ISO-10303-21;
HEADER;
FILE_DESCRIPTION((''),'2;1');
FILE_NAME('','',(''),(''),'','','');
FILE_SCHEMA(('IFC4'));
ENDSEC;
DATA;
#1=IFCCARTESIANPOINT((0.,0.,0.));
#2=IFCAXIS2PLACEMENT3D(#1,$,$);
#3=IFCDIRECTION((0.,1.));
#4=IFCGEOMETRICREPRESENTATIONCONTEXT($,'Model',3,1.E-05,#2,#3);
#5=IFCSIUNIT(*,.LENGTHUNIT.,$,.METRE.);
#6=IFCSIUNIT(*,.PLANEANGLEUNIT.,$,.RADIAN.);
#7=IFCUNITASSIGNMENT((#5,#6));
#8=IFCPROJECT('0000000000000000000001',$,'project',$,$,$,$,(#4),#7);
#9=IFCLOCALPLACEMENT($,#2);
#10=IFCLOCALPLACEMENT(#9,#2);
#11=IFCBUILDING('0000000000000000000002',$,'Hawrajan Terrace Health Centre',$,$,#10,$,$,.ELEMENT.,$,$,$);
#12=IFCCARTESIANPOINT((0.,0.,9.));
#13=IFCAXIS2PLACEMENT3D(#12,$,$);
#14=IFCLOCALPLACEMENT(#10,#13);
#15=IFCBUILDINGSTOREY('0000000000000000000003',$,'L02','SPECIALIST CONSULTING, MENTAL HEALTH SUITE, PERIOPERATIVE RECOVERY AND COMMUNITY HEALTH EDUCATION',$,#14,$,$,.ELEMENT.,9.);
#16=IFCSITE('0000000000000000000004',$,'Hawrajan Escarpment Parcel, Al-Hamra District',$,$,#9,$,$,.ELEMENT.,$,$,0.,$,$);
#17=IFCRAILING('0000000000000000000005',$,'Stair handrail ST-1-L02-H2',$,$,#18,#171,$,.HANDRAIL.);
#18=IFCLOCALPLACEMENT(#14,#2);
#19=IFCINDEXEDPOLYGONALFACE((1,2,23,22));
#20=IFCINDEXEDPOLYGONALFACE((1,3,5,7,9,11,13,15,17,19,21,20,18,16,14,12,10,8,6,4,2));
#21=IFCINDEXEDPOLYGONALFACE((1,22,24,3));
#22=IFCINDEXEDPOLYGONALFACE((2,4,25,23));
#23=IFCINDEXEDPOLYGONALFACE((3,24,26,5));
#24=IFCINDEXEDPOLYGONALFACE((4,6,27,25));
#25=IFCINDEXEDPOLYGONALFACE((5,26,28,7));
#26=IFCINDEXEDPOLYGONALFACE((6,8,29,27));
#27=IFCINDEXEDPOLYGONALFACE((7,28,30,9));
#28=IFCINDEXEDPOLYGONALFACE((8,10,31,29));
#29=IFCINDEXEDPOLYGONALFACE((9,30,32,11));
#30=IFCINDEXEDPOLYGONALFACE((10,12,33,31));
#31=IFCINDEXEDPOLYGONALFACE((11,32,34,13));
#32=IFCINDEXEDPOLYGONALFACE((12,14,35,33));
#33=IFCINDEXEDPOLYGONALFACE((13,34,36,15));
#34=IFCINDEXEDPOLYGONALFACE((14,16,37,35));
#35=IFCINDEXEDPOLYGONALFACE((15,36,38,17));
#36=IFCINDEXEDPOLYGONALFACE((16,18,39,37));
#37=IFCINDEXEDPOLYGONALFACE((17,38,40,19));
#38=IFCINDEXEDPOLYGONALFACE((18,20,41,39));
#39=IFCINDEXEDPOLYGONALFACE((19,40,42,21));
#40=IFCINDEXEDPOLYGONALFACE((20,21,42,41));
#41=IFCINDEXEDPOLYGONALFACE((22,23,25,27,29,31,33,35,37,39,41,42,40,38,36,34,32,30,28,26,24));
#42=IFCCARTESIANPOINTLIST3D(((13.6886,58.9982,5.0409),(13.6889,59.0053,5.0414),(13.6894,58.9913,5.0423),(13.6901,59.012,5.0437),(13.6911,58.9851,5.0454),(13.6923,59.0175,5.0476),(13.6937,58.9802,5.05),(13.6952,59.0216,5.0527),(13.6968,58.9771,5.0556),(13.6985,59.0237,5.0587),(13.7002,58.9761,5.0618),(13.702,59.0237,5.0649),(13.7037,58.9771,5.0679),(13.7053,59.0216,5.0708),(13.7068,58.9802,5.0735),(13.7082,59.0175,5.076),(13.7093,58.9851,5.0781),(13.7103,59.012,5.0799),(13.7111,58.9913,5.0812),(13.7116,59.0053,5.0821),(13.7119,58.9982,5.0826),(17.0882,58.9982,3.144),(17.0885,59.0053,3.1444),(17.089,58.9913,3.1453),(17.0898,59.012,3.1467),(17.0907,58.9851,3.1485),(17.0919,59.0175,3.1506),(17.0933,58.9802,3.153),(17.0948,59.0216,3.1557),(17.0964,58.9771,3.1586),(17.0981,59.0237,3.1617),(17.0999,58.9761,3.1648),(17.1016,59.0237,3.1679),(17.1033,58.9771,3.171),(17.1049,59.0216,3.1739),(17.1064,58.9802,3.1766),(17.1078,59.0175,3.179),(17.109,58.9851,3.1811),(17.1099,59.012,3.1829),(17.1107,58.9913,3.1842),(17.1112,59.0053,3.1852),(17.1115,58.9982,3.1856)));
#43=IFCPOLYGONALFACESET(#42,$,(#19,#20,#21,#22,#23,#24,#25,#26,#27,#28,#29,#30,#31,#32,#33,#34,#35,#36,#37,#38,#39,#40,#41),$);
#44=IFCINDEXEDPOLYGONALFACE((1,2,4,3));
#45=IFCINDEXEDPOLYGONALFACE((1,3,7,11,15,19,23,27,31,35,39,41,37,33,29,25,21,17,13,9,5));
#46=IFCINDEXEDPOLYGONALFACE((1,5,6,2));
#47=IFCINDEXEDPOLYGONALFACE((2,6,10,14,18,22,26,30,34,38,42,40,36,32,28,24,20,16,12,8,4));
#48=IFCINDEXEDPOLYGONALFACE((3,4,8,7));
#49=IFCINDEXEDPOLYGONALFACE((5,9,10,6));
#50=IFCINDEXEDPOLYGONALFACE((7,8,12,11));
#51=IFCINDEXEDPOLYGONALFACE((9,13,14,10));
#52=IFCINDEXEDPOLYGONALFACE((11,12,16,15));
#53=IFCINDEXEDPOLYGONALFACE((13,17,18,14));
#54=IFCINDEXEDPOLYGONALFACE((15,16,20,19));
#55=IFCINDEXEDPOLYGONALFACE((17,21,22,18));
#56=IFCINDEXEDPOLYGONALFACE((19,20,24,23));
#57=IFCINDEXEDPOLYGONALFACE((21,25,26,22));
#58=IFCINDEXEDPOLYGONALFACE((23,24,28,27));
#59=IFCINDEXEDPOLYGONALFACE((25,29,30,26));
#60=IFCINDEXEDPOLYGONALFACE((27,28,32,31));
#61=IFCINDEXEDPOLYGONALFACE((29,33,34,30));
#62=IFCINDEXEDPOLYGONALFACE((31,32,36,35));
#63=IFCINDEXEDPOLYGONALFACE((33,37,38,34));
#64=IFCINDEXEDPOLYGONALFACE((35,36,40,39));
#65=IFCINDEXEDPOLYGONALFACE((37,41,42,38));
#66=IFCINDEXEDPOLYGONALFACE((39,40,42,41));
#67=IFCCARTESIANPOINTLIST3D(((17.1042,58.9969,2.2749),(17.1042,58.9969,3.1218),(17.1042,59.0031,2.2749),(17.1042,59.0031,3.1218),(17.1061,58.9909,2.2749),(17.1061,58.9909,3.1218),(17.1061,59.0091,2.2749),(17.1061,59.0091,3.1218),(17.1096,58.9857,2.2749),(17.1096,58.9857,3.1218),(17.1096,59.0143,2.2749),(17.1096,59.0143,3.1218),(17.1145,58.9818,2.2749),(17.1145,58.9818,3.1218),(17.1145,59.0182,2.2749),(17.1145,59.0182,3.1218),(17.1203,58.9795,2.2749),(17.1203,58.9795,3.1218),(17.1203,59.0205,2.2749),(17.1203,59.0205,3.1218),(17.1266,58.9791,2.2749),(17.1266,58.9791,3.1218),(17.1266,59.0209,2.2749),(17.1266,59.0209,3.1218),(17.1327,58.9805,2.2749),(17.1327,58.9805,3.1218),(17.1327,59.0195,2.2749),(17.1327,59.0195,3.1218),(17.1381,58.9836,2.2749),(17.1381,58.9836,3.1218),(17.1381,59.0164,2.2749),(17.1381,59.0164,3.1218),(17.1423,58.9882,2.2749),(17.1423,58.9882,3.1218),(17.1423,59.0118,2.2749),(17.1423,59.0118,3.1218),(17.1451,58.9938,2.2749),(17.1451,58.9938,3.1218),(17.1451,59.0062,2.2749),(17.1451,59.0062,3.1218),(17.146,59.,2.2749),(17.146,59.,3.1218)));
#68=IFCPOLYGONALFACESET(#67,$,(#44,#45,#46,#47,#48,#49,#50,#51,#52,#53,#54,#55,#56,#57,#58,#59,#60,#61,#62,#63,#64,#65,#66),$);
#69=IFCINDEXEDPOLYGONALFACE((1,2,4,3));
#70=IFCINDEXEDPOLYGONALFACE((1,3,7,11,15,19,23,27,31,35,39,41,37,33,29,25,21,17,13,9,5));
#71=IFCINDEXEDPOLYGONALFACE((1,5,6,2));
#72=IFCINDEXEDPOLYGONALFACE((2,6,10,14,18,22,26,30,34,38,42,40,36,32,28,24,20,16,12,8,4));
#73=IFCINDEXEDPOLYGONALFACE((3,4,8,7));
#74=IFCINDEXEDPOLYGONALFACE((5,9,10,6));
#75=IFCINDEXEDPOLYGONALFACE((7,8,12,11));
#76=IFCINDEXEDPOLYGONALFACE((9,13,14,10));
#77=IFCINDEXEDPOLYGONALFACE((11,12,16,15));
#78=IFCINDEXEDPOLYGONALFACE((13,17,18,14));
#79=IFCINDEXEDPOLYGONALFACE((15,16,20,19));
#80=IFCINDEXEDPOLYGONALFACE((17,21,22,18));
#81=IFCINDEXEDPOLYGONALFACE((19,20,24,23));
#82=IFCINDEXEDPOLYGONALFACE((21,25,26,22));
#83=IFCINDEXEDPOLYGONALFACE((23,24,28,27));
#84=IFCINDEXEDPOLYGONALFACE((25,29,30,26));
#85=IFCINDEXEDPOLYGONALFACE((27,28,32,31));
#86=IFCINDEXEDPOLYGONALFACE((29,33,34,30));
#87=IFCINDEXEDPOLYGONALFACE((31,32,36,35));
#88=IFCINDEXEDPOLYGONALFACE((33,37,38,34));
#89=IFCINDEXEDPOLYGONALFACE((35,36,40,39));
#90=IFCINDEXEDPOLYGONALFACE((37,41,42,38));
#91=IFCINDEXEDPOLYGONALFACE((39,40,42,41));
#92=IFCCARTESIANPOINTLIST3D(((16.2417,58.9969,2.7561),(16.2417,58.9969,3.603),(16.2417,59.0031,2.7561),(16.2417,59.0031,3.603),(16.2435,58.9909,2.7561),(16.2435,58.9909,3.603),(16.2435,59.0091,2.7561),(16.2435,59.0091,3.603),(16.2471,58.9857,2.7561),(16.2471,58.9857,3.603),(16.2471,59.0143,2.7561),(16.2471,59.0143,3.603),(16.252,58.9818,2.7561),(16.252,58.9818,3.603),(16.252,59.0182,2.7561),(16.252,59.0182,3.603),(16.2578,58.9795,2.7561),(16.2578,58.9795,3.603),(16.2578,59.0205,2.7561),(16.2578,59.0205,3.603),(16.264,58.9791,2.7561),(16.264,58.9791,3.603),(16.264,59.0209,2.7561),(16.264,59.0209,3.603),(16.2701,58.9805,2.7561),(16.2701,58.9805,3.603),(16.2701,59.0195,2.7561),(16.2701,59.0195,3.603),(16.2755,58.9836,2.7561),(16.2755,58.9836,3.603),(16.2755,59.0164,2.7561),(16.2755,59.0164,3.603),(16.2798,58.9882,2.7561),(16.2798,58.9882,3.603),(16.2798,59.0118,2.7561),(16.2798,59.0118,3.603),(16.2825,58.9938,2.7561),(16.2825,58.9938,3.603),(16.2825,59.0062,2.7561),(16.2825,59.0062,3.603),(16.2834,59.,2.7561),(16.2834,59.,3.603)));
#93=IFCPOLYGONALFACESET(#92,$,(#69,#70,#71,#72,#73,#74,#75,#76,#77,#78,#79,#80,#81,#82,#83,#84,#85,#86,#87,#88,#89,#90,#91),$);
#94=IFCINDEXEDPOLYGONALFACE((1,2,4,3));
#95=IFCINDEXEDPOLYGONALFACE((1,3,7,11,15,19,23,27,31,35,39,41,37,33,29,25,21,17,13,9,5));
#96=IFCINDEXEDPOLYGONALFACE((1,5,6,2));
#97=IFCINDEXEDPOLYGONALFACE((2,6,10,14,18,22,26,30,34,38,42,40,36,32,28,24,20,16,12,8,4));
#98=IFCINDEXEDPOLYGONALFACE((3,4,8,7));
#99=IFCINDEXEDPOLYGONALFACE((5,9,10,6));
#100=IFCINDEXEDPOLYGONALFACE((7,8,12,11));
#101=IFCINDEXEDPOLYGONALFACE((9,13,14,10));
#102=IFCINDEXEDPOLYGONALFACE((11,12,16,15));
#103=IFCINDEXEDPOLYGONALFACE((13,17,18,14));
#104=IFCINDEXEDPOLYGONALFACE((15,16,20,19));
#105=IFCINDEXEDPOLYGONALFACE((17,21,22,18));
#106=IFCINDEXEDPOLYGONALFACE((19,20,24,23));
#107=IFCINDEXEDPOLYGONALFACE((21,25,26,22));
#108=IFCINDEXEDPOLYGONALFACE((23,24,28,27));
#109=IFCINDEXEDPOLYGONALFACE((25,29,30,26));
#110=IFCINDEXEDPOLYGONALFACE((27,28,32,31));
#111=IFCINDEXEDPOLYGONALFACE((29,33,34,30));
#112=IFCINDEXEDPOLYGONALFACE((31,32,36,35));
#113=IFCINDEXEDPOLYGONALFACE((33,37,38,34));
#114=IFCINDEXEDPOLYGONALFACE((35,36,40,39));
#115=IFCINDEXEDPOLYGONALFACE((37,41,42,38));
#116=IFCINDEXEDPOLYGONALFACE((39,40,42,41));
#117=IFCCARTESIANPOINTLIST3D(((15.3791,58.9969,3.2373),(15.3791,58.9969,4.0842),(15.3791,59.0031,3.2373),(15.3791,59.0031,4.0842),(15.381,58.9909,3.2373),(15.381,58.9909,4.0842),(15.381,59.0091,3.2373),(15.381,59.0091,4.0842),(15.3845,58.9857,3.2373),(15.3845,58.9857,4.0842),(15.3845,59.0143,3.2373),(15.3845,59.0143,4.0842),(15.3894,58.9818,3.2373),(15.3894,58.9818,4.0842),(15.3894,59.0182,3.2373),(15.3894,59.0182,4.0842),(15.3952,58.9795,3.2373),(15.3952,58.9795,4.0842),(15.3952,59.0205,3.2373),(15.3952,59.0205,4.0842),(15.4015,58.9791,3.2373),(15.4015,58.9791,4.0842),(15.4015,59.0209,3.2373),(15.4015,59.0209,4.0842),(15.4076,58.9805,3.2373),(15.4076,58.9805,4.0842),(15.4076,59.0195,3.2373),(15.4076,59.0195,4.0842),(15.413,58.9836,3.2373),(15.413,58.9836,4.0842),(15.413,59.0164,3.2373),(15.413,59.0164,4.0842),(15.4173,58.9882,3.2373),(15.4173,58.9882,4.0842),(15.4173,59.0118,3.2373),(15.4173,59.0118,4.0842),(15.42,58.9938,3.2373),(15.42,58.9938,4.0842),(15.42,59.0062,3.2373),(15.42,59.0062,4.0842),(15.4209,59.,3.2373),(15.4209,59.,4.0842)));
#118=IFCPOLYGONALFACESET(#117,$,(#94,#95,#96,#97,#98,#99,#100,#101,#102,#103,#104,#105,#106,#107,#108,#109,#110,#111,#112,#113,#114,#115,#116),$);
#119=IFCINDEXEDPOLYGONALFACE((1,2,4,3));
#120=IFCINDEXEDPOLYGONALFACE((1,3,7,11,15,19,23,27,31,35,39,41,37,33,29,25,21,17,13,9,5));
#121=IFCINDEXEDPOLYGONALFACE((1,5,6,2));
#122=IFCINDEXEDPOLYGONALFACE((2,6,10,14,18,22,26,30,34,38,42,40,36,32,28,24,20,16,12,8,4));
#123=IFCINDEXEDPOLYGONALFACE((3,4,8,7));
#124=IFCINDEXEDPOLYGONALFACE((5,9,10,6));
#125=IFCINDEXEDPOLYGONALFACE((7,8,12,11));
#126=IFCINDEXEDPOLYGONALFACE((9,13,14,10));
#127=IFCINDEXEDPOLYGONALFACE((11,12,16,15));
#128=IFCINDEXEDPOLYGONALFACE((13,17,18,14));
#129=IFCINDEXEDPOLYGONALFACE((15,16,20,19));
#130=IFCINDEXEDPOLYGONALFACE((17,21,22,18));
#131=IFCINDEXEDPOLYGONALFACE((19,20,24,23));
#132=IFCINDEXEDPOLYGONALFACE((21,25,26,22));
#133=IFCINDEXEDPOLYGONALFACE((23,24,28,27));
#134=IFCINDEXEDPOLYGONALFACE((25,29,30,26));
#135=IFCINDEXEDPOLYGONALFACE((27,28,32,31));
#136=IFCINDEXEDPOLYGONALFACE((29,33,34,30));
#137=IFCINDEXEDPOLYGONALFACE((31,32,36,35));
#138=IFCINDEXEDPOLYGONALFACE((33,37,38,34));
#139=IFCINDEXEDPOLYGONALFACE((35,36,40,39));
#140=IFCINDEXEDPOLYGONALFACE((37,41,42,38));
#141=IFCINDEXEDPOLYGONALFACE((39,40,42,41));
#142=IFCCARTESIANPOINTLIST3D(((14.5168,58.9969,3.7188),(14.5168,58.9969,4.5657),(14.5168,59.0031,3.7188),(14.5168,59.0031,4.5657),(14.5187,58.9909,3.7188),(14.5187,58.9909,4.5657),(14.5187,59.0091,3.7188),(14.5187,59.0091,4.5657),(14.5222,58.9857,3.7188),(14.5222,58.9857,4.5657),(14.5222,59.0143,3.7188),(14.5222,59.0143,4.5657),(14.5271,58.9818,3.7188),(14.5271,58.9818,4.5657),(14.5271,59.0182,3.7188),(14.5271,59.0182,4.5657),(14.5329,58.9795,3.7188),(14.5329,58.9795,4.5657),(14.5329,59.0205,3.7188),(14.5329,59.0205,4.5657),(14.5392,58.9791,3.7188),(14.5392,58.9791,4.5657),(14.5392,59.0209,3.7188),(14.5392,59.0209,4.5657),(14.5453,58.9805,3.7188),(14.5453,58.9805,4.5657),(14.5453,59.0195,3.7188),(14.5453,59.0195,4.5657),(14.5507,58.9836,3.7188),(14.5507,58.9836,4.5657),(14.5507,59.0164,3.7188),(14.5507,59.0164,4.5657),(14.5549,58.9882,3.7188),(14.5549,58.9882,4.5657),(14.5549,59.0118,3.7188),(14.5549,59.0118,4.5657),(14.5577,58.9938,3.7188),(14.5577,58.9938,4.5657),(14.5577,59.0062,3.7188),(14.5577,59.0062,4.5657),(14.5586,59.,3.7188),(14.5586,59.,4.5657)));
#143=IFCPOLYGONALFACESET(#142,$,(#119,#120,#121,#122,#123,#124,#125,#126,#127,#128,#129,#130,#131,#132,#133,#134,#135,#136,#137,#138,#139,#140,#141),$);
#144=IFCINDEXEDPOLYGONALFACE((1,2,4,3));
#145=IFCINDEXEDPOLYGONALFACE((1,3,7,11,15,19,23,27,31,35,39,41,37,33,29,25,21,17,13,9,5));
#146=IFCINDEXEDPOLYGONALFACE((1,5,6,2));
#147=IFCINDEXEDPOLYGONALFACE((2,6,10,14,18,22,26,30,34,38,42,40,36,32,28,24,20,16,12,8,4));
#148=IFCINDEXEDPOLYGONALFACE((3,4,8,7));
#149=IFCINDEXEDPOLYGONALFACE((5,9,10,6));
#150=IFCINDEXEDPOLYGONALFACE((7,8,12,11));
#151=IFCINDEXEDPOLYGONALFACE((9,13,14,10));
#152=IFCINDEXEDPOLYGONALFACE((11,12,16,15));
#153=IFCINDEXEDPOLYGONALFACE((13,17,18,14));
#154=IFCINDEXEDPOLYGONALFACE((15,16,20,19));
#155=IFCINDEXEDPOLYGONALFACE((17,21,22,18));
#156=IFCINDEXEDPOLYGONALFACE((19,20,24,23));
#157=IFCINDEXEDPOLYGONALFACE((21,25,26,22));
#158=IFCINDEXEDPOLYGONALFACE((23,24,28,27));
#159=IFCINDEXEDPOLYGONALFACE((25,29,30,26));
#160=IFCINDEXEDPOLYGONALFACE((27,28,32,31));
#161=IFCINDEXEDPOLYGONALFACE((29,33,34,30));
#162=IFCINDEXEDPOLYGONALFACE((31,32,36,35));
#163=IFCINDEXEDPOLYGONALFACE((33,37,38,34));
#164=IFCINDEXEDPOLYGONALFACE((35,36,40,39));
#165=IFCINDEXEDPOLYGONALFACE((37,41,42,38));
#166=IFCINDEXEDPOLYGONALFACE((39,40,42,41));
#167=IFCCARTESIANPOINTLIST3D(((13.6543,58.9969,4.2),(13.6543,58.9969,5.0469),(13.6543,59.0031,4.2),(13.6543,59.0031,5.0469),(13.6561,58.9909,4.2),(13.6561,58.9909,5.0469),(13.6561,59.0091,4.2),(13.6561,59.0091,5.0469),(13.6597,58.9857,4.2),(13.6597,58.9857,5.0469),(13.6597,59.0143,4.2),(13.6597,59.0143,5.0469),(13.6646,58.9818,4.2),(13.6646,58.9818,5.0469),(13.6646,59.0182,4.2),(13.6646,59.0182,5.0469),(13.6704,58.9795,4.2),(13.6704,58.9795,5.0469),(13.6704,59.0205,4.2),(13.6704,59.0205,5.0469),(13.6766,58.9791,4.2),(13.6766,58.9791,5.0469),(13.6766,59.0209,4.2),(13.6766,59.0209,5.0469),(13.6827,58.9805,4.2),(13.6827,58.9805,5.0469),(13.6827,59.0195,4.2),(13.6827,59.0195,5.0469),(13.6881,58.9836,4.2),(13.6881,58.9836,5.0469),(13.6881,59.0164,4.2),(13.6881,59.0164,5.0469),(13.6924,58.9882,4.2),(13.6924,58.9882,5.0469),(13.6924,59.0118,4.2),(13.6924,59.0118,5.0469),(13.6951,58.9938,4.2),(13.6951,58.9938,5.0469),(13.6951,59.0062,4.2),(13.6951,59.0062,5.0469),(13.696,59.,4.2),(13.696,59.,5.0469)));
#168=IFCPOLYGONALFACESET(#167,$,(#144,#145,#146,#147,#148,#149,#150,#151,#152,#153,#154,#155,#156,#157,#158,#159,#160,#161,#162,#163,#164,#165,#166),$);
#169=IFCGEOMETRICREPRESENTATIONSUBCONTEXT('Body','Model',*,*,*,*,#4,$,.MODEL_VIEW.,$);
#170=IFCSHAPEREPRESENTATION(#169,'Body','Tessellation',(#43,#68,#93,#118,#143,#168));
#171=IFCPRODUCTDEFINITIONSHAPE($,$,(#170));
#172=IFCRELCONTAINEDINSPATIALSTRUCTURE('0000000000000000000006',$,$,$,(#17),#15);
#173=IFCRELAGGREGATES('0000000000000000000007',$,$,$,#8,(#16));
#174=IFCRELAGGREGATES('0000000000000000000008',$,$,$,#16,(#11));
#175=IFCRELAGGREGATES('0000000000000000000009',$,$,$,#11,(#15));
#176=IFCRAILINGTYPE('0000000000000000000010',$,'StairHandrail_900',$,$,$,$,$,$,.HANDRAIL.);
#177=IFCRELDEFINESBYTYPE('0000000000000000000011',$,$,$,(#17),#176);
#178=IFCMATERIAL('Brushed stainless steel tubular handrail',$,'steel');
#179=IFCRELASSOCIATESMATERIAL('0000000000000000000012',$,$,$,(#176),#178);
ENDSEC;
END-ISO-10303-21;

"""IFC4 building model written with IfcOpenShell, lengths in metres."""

from ifc_helpers import new_model, si_unit, direction, frame, origin, origin_2d, place, context, subcontext, project, spatial, circle, extrude, material, type_object, element, save


model = new_model("IFC4")

# Units and contexts
model_context = context("Model", 3, precision=1e-05, world=origin(), true_north=direction((0.0, 1.0)))
body_context = subcontext(model_context, "Body", "Model", "MODEL_VIEW")
ifc_project = project(units=[si_unit("LENGTHUNIT", "METRE"), si_unit("PLANEANGLEUNIT", "RADIAN")], contexts=[model_context])

# Site, building, storey
site_placement = place(None, origin())
site = spatial("IfcSite", under=ifc_project, at=site_placement, Name="Hawrajan Escarpment Parcel, Al-Hamra District", CompositionType="ELEMENT", RefElevation=0.0)
building_placement = place(site_placement, origin())
building = spatial("IfcBuilding", under=site, at=building_placement, Name="Hawrajan Terrace Health Centre", CompositionType="ELEMENT")
storey_placement = place(building_placement, frame((0.0, 0.0, 9.0)))
storey = spatial("IfcBuildingStorey", under=building, at=storey_placement, Name="L02", Description="SPECIALIST CONSULTING, MENTAL HEALTH SUITE, PERIOPERATIVE RECOVERY AND COMMUNITY HEALTH EDUCATION", CompositionType="ELEMENT", Elevation=9.0)

# Railing
ifc_material_1 = material(Name="Brushed stainless steel tubular handrail", Category="steel")
railing_type_1 = type_object("IfcRailingType", Name="StairHandrail_900", PredefinedType="HANDRAIL", material=ifc_material_1)
railing_1_placement = place(storey_placement, frame((17.125, 59.0, 2.2749)))
element("IfcRailing", 1, at=railing_1_placement, inside=storey, type_object=railing_type_1, Name="Stair handrail ST-1-L02-H2", PredefinedType="HANDRAIL", context=body_context, shape_type="SweptSolid", body=[
    extrude(circle(Radius=0.0239, at=origin_2d()), frame((-0.0251, 0.0, 0.8899), z_axis=(-0.873252, 0.0, 0.487269), x_axis=(0.0, -1.0, 0.0)), (0.0, 0.0, 1.0), 3.8931),
    extrude(circle(Radius=0.021, at=origin_2d()), origin(), (0.0, 0.0, 1.0), 0.8469),
    extrude(circle(Radius=0.021, at=origin_2d()), frame((-0.8625, 0.0, 0.4812)), (0.0, 0.0, 1.0), 0.8469),
    extrude(circle(Radius=0.021, at=origin_2d()), frame((-1.7251, 0.0, 0.9624)), (0.0, 0.0, 1.0), 0.8469),
    extrude(circle(Radius=0.021, at=origin_2d()), frame((-2.5874, 0.0, 1.4438)), (0.0, 0.0, 1.0), 0.8469),
    extrude(circle(Radius=0.021, at=origin_2d()), frame((-3.45, 0.0, 1.925)), (0.0, 0.0, 1.0), 0.8469),
])

save(model, "model.ifc")
